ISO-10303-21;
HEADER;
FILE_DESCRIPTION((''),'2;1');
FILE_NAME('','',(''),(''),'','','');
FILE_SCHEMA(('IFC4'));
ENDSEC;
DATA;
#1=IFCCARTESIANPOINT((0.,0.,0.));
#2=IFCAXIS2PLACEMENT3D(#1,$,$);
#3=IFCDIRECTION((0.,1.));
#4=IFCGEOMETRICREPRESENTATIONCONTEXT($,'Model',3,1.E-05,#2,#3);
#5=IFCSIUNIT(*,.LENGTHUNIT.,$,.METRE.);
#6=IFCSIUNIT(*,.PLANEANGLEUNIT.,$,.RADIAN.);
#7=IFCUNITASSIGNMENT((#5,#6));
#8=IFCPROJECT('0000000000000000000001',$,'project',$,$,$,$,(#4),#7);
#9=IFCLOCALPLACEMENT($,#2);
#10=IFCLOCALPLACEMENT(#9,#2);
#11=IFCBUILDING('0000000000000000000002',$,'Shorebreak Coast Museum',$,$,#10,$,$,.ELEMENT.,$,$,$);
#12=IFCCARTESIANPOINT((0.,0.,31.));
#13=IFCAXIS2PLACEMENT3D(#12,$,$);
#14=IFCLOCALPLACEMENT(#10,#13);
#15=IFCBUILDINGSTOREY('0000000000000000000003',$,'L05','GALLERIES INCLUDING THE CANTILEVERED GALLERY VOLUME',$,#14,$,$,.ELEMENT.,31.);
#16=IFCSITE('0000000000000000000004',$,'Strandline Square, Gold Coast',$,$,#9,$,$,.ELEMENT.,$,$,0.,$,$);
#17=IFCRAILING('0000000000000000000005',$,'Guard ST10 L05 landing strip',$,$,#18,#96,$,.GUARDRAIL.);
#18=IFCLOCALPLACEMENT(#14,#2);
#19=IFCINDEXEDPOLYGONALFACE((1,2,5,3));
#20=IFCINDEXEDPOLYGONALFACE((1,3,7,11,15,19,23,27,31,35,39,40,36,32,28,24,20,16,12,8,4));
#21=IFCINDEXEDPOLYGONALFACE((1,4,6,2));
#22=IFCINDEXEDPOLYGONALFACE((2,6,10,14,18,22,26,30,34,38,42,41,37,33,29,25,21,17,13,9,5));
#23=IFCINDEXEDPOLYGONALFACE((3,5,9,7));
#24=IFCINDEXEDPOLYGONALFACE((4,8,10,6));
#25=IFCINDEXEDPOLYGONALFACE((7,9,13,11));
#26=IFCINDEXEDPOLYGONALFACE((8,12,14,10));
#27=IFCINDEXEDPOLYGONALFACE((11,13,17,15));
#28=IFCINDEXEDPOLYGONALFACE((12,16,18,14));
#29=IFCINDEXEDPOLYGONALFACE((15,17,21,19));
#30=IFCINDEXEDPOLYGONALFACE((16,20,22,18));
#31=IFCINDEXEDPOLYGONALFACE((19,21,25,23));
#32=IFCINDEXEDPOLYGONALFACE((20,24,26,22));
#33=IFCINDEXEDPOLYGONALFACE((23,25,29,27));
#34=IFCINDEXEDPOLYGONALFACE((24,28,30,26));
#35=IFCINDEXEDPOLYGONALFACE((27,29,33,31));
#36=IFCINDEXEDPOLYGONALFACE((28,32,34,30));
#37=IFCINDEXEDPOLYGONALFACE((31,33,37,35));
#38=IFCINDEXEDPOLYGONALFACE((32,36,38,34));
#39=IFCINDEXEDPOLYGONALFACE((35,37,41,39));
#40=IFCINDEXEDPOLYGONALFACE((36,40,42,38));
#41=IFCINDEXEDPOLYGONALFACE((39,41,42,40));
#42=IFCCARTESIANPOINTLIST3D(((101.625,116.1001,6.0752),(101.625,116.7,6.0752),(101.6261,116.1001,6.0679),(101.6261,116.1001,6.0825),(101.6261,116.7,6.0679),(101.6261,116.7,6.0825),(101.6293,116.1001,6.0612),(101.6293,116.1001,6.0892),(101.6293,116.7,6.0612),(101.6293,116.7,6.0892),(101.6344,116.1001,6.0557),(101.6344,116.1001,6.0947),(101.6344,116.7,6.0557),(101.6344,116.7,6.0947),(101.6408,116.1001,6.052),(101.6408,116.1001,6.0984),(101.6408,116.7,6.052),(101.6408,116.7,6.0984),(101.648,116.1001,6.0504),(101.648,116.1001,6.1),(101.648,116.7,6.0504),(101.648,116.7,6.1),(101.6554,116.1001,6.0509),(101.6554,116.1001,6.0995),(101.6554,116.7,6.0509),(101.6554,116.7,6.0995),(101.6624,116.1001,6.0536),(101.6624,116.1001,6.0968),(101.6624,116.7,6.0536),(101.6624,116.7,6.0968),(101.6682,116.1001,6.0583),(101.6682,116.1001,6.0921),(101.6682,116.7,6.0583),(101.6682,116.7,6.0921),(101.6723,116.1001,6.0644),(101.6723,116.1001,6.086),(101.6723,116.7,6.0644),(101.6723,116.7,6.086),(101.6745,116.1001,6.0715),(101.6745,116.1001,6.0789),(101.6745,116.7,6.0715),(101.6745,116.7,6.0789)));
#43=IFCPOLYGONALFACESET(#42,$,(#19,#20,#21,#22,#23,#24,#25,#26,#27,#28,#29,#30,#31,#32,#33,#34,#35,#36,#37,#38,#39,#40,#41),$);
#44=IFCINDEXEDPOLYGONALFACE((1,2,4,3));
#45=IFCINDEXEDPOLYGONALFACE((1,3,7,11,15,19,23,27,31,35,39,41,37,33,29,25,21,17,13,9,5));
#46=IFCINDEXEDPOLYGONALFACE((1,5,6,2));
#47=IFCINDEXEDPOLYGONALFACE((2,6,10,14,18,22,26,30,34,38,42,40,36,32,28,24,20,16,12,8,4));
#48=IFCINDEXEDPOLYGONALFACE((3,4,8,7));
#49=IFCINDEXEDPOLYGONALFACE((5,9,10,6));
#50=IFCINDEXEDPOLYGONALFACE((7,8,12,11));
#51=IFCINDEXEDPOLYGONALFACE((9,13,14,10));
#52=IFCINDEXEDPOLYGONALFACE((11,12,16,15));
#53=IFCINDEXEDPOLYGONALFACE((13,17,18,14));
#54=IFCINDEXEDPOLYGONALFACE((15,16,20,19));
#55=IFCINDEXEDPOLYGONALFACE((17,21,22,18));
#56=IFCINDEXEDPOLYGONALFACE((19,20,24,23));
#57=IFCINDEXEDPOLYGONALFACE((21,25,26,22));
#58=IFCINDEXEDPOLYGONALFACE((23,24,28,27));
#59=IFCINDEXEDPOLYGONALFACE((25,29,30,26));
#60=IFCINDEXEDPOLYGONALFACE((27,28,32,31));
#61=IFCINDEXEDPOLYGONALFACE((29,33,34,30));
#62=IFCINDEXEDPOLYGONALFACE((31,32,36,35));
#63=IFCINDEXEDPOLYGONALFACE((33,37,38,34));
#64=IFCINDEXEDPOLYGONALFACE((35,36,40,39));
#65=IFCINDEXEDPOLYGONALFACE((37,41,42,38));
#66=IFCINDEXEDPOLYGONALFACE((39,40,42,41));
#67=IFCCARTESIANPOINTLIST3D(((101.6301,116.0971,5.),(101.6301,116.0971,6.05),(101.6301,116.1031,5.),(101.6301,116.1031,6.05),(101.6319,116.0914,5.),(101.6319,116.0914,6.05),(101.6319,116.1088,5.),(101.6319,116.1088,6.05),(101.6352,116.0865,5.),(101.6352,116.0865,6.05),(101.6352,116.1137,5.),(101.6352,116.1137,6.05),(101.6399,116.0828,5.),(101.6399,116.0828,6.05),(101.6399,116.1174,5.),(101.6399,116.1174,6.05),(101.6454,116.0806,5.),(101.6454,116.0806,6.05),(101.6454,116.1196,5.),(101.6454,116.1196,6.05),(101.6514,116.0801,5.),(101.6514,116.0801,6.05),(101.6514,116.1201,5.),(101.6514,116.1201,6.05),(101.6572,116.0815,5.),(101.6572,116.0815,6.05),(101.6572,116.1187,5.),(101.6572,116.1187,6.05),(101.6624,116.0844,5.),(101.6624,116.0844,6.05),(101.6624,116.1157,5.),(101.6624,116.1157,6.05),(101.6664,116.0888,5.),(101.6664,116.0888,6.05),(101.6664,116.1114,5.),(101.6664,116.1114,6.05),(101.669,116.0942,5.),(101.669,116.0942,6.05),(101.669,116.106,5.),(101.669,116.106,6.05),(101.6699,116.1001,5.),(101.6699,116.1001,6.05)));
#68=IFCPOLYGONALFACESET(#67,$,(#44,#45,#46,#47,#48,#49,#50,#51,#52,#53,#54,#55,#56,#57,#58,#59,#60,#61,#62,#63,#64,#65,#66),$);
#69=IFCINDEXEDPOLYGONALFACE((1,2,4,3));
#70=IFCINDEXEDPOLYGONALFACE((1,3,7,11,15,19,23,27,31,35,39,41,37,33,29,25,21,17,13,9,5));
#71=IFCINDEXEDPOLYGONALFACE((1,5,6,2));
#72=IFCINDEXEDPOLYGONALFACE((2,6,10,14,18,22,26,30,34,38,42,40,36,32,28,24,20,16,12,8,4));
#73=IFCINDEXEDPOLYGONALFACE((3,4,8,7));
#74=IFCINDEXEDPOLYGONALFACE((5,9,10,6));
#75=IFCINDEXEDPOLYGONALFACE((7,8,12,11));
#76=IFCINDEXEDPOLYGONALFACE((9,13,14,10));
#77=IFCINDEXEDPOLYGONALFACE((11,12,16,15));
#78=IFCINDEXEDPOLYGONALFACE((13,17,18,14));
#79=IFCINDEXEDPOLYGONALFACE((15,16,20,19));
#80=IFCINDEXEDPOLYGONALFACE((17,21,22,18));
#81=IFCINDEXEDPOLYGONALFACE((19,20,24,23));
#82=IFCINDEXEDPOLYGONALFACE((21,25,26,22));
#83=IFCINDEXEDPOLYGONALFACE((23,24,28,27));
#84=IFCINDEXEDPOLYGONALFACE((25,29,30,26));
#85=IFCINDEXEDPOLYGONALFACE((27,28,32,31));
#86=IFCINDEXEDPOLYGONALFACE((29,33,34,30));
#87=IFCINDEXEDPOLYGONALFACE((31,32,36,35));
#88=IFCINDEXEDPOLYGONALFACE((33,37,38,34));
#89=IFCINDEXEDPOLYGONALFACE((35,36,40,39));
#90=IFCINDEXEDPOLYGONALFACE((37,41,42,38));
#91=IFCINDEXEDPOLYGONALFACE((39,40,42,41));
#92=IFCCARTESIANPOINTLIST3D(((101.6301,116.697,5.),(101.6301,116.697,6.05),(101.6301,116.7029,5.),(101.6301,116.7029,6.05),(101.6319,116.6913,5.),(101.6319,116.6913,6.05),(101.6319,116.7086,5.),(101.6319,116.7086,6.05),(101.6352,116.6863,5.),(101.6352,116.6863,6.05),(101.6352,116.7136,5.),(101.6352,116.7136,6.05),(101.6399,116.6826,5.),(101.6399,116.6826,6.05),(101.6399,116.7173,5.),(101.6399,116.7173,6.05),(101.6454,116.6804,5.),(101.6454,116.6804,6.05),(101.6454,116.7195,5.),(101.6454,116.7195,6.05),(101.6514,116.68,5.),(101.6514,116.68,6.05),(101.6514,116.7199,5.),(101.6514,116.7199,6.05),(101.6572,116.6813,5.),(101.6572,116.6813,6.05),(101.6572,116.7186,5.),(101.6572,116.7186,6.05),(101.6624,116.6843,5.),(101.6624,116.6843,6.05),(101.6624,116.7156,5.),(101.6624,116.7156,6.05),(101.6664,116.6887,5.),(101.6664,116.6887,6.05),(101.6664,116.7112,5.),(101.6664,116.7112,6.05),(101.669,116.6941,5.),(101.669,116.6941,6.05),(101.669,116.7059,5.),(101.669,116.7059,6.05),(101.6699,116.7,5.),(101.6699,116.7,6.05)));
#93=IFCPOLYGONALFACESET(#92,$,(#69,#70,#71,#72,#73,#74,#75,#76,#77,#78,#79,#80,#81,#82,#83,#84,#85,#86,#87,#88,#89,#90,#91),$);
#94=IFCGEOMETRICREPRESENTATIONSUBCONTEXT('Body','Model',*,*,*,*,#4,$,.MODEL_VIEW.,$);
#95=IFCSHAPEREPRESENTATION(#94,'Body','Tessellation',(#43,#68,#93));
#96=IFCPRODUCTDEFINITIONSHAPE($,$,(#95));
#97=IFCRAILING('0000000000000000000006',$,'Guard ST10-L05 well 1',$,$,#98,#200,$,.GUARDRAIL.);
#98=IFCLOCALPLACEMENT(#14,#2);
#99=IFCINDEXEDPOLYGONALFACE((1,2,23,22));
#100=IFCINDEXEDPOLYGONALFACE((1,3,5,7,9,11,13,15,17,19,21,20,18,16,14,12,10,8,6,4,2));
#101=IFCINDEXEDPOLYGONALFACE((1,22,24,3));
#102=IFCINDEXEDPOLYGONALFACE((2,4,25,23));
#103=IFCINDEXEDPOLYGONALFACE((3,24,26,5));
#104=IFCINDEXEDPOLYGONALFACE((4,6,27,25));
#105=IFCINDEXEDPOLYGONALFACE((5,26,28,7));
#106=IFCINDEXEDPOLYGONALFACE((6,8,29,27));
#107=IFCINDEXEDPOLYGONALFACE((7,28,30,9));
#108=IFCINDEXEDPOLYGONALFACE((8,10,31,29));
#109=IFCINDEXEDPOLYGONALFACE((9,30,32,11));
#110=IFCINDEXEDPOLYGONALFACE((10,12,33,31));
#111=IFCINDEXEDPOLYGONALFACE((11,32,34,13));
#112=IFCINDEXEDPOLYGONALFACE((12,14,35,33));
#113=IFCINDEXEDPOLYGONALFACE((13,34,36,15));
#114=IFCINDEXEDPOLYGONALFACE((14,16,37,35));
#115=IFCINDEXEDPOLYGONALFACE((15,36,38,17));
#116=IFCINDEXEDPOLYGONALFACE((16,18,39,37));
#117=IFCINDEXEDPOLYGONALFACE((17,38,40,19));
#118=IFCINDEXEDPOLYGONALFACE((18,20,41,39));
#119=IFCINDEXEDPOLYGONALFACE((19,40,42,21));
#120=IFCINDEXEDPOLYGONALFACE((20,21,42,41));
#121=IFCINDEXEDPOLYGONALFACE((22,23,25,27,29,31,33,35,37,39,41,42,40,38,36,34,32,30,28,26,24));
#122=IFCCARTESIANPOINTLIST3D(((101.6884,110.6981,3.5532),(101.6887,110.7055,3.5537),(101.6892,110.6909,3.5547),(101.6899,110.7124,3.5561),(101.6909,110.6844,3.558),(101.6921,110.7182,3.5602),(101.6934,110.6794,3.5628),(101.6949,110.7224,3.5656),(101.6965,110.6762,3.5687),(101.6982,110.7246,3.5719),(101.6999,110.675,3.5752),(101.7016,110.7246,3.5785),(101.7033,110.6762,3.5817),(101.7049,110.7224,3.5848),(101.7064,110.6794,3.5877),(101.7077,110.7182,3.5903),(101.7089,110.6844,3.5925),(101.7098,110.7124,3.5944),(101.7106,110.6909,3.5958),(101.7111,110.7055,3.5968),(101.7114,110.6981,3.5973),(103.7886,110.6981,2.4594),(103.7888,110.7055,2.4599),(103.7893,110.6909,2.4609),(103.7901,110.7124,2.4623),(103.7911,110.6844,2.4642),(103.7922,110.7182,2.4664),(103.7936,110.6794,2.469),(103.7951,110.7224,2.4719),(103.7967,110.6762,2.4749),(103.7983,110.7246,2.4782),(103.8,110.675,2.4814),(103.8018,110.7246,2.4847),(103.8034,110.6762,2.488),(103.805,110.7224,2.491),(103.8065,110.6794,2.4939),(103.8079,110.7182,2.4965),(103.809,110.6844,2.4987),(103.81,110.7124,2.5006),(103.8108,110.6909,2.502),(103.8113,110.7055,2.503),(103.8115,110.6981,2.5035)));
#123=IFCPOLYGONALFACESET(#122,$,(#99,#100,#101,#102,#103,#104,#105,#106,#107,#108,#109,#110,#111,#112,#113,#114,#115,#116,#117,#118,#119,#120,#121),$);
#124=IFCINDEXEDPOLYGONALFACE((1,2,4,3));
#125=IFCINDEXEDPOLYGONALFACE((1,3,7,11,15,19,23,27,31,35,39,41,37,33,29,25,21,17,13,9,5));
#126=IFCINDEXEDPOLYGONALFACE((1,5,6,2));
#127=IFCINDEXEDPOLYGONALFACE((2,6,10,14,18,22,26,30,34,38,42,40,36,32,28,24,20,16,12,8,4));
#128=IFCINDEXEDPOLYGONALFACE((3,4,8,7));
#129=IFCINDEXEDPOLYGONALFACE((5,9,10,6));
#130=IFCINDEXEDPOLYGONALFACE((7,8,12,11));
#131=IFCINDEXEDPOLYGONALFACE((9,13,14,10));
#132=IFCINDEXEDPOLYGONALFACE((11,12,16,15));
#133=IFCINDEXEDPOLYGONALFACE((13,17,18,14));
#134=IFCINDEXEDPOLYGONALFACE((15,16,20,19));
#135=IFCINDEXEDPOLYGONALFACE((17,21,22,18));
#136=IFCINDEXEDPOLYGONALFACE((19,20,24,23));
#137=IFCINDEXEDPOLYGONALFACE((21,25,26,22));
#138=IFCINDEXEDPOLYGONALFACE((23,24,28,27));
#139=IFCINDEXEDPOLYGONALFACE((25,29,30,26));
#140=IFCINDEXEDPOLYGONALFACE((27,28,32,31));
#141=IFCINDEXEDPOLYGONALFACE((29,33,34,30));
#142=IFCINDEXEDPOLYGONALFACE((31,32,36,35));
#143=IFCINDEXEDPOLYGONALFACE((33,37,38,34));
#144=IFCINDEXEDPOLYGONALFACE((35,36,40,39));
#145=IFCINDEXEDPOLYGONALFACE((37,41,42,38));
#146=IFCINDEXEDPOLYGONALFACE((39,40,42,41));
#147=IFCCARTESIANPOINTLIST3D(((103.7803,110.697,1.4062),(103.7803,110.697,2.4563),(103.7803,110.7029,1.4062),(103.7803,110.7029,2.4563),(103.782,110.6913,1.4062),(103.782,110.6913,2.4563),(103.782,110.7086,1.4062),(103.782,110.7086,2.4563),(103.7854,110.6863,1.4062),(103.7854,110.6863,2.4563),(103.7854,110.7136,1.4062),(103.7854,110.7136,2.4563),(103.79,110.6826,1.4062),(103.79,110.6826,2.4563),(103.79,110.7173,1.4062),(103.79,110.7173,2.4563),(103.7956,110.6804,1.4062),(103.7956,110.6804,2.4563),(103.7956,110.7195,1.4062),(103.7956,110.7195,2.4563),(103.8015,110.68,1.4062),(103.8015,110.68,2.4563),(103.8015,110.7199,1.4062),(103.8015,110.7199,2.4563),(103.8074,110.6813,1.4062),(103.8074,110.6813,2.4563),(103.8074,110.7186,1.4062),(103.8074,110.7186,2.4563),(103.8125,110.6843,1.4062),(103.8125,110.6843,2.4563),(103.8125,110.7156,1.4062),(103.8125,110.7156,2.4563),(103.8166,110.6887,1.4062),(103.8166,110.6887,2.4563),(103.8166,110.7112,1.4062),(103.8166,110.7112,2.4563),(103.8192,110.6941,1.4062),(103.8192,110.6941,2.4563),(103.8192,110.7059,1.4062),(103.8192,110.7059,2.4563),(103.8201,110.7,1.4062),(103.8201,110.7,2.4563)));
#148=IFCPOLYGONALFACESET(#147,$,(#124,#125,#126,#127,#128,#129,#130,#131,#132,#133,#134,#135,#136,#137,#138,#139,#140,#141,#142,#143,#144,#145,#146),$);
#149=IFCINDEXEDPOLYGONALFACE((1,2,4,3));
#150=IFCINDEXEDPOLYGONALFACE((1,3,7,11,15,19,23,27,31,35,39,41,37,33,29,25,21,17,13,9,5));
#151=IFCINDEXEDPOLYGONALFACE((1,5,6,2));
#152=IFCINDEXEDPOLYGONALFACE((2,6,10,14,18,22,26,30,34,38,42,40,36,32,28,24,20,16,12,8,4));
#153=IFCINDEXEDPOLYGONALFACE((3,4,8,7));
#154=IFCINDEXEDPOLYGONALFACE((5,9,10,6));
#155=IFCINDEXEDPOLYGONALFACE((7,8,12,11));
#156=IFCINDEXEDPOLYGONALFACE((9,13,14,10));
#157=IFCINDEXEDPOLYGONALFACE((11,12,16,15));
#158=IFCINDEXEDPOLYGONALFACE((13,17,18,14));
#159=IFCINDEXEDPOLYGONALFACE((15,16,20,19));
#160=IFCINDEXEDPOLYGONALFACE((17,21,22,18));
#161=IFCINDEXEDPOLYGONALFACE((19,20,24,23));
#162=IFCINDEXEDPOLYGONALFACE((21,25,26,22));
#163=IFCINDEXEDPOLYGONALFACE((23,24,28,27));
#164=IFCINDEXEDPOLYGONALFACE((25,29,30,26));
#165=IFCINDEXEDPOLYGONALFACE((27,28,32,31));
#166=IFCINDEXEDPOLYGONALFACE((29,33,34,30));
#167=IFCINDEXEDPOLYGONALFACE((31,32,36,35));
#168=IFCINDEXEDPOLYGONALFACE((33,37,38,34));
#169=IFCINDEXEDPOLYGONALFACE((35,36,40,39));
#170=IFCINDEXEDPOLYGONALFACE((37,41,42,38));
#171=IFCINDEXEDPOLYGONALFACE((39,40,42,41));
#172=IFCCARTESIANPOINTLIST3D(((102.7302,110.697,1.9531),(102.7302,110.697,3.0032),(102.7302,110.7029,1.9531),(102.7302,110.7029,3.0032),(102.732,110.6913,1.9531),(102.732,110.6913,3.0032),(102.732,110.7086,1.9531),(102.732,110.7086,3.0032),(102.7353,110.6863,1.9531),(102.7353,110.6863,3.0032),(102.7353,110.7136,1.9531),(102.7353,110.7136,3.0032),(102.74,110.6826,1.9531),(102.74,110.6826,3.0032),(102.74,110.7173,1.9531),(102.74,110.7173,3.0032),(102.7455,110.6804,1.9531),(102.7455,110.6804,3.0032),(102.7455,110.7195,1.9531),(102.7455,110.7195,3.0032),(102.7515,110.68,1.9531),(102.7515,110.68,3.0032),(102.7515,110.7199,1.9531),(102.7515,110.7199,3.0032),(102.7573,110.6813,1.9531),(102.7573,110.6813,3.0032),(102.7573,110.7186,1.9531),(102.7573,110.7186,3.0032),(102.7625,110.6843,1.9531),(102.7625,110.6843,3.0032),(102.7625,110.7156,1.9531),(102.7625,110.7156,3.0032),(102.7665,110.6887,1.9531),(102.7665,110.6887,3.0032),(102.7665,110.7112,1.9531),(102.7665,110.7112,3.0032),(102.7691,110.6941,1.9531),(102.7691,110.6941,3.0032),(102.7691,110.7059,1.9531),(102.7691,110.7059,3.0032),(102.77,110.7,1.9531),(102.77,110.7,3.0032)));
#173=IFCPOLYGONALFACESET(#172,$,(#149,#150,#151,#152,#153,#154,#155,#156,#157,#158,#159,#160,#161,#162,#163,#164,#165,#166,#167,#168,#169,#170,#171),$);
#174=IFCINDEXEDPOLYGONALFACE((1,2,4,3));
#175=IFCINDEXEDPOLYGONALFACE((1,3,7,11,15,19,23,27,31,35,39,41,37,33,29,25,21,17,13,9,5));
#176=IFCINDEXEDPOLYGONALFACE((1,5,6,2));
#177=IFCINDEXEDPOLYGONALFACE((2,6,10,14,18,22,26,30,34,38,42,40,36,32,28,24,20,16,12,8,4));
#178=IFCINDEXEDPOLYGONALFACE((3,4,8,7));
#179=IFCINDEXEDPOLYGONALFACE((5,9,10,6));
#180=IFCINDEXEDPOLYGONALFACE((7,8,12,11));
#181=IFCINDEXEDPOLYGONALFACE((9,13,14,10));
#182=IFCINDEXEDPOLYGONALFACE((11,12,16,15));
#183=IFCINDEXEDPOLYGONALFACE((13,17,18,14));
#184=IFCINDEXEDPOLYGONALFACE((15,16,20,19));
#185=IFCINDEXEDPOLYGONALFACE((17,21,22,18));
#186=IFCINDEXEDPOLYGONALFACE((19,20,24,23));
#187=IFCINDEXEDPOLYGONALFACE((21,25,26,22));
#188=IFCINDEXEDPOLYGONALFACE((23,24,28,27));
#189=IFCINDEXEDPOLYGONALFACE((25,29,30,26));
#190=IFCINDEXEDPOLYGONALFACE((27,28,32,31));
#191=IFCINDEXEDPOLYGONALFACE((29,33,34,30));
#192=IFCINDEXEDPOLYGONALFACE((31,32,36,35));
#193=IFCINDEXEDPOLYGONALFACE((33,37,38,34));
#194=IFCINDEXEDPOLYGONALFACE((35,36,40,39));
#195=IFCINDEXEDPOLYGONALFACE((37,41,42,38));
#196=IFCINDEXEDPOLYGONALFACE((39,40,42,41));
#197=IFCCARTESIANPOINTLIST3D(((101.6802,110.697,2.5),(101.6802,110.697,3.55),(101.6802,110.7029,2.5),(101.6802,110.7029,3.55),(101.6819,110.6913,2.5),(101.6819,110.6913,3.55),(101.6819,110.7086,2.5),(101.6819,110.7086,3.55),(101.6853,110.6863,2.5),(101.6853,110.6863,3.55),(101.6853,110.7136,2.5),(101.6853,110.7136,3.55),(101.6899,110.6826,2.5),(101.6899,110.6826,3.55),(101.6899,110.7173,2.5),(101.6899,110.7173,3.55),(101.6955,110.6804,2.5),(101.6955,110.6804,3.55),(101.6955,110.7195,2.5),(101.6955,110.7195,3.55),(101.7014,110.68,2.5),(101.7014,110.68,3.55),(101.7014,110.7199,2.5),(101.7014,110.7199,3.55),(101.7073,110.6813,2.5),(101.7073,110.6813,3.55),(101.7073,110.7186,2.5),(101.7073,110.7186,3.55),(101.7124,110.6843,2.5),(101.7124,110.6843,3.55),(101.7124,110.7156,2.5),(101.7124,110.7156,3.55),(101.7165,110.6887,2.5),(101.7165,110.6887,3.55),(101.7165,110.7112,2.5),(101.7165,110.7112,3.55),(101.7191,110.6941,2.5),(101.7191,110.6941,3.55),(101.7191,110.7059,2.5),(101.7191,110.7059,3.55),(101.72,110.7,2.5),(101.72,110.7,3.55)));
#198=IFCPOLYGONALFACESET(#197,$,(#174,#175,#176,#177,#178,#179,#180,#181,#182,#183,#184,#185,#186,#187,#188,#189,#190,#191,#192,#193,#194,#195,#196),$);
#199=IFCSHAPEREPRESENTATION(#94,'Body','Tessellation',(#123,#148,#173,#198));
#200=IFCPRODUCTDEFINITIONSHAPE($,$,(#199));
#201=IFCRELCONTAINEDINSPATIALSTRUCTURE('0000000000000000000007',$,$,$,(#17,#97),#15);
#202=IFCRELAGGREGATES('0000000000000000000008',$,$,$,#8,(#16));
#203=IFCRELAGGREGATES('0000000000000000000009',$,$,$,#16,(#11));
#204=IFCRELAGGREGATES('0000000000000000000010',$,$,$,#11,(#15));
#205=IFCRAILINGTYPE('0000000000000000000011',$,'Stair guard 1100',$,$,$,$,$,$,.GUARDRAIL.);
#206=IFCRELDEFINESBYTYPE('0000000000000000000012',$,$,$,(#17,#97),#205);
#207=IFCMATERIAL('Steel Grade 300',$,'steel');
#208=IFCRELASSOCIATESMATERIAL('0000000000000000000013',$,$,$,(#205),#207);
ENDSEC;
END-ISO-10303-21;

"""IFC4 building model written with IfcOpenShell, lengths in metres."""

from ifc_helpers import new_model, si_unit, direction, frame, origin, origin_2d, place, context, subcontext, project, spatial, circle, extrude, material, type_object, element, save


model = new_model("IFC4")

# Units and contexts
model_context = context("Model", 3, precision=1e-05, world=origin(), true_north=direction((0.0, 1.0)))
body_context = subcontext(model_context, "Body", "Model", "MODEL_VIEW")
ifc_project = project(units=[si_unit("LENGTHUNIT", "METRE"), si_unit("PLANEANGLEUNIT", "RADIAN")], contexts=[model_context])

# Site, building, storey
site_placement = place(None, origin())
site = spatial("IfcSite", under=ifc_project, at=site_placement, Name="Strandline Square, Gold Coast", CompositionType="ELEMENT", RefElevation=0.0)
building_placement = place(site_placement, origin())
building = spatial("IfcBuilding", under=site, at=building_placement, Name="Shorebreak Coast Museum", CompositionType="ELEMENT")
storey_placement = place(building_placement, frame((0.0, 0.0, 31.0)))
storey = spatial("IfcBuildingStorey", under=building, at=storey_placement, Name="L05", Description="GALLERIES INCLUDING THE CANTILEVERED GALLERY VOLUME", CompositionType="ELEMENT", Elevation=31.0)

# Railings
ifc_material_1 = material(Name="Steel Grade 300", Category="steel")
railing_type_1 = type_object("IfcRailingType", Name="Stair guard 1100", PredefinedType="GUARDRAIL", material=ifc_material_1)
for number, where, name in (
    (1, (101.6499, 116.1001, 5.0), "Guard ST10 L05 landing strip"),
):
    element("IfcRailing", number, at=place(storey_placement, frame(where)), inside=storey, type_object=railing_type_1, Name=name, PredefinedType="GUARDRAIL", context=body_context, shape_type="SweptSolid", body=[
        extrude(circle(Radius=0.0249, at=origin_2d()), frame((0.0, 0.0, 1.0752), z_axis=(0.0, 1.0, 0.0), x_axis=(-1.0, 0.0, 0.0)), (0.0, 0.0, 1.0), 0.5999),
        extrude(circle(Radius=0.02, at=origin_2d()), origin(), (0.0, 0.0, 1.0), 1.05),
        extrude(circle(Radius=0.02, at=origin_2d()), frame((0.0, 0.5999, 0.0)), (0.0, 0.0, 1.0), 1.05),
    ])
for number, where, name in (
    (2, (103.8, 110.7, 1.4062), "Guard ST10-L05 well 1"),
):
    element("IfcRailing", number, at=place(storey_placement, frame(where)), inside=storey, type_object=railing_type_1, Name=name, PredefinedType="GUARDRAIL", context=body_context, shape_type="SweptSolid", body=[
        extrude(circle(Radius=0.0249, at=origin_2d()), frame((0.0, 0.0, 1.0752), z_axis=(-0.886923, 0.0, 0.461918), x_axis=(0.0, -1.0, 0.0)), (0.0, 0.0, 1.0), 2.3679),
        extrude(circle(Radius=0.02, at=origin_2d()), origin(), (0.0, 0.0, 1.0), 1.05),
        extrude(circle(Radius=0.02, at=origin_2d()), frame((-1.05, 0.0, 0.5469)), (0.0, 0.0, 1.0), 1.05),
        extrude(circle(Radius=0.02, at=origin_2d()), frame((-2.1001, 0.0, 1.0938)), (0.0, 0.0, 1.0), 1.05),
    ])

save(model, "model.ifc")
